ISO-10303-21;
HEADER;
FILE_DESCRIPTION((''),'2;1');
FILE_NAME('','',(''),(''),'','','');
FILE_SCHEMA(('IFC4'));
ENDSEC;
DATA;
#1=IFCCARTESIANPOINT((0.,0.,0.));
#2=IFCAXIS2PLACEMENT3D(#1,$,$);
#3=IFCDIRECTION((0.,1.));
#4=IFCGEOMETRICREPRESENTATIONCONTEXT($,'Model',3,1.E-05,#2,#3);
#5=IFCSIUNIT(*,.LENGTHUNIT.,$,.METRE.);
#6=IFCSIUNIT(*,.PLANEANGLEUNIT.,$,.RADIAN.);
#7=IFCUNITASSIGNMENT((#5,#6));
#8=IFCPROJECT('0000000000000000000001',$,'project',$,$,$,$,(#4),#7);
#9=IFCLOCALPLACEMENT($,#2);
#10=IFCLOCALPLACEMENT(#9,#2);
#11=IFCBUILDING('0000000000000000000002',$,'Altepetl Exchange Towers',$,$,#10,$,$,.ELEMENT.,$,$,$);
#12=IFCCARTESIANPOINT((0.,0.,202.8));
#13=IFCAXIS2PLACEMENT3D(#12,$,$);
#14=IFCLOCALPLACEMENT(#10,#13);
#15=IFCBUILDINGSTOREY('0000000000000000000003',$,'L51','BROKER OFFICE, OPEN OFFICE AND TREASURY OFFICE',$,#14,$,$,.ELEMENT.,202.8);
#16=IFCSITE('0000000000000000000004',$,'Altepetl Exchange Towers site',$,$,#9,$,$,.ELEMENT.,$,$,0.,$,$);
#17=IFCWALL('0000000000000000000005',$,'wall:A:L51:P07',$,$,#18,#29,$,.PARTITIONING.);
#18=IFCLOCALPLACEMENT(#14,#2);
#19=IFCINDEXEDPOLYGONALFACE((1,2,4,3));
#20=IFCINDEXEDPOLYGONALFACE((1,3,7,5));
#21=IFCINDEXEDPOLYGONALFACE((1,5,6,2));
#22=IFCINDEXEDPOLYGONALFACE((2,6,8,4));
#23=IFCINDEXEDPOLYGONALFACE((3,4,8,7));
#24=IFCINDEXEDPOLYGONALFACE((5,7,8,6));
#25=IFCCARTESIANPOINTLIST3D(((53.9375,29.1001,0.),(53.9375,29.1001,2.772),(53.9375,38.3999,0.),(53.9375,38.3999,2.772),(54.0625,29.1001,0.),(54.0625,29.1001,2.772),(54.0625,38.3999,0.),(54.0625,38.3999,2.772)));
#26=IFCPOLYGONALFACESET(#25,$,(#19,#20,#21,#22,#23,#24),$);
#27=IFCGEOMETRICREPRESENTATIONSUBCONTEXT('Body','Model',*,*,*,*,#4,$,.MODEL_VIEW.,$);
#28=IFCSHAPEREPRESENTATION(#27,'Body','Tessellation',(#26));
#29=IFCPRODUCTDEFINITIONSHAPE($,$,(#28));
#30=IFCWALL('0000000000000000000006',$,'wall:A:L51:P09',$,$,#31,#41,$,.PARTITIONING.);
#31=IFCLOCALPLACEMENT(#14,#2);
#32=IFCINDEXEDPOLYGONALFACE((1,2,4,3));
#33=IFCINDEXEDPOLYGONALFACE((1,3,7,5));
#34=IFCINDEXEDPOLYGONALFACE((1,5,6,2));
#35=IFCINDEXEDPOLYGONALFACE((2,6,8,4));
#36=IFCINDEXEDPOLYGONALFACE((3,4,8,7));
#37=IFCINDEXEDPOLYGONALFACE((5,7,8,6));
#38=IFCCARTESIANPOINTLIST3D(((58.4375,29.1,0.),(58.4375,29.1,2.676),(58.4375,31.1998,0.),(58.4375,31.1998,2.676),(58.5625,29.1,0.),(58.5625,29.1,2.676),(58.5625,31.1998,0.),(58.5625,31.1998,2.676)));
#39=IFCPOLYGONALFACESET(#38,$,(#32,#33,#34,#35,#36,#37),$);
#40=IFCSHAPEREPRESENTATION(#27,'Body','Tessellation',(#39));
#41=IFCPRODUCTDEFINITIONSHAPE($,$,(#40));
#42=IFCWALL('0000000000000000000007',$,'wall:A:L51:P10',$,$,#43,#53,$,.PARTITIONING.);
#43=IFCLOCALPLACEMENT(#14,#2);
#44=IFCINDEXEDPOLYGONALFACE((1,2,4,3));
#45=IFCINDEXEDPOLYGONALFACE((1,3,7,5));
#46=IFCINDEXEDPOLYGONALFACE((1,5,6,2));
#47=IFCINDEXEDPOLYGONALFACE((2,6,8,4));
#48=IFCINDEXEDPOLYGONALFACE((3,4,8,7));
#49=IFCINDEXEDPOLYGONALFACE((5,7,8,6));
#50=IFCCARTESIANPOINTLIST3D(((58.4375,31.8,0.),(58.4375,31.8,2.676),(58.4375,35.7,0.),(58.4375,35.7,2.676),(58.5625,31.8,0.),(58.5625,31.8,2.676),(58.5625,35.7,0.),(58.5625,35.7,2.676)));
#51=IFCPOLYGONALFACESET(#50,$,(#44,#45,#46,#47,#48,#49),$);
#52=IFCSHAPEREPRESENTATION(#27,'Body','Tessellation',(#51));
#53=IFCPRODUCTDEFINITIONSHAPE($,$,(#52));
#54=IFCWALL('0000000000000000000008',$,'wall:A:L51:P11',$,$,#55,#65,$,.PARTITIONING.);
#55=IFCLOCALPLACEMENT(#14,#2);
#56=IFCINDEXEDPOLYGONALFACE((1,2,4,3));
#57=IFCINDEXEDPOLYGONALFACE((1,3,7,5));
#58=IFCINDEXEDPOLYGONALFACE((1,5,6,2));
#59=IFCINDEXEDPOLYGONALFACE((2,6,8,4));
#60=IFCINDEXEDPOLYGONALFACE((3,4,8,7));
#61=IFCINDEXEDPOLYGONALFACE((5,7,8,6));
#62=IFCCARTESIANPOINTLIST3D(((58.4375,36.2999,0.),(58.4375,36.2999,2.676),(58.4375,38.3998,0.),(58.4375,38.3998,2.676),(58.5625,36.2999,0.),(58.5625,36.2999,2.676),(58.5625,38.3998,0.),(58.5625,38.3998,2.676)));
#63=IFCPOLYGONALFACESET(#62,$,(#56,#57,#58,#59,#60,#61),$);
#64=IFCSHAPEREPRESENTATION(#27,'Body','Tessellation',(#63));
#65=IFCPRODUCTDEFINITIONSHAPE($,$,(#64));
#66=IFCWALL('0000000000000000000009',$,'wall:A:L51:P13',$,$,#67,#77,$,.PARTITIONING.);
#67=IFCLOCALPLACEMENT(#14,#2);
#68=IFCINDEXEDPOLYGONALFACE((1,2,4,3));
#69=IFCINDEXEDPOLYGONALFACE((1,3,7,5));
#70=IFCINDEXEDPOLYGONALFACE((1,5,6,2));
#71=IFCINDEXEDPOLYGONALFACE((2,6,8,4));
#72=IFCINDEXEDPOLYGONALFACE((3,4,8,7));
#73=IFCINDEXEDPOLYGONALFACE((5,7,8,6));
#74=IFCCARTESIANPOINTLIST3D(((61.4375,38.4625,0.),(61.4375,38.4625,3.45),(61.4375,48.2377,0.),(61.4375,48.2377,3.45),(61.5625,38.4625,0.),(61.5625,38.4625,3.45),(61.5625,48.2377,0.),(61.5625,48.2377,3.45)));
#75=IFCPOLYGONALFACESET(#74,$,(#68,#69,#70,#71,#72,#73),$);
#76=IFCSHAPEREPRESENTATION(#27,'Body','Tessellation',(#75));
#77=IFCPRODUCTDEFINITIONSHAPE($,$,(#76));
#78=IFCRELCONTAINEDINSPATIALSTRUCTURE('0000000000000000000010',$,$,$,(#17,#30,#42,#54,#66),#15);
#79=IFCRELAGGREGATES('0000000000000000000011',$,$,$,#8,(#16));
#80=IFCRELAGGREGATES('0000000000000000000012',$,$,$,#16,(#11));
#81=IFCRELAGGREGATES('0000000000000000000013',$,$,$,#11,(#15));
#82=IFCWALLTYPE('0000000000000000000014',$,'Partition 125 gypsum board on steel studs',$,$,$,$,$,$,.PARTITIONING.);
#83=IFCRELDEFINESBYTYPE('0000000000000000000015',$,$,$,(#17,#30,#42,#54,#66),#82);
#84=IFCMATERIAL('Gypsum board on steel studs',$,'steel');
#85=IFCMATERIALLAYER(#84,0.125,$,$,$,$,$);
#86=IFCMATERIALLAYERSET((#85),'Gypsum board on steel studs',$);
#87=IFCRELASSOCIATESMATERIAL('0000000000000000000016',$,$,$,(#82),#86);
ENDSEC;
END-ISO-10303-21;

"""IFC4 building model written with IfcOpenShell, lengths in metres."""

from ifc_helpers import new_model, si_unit, direction, frame, frame_2d, origin, place, context, subcontext, project, spatial, rectangle, extrude, material, layer, layer_set, type_object, element, save


model = new_model("IFC4")

# Units and contexts
model_context = context("Model", 3, precision=1e-05, world=origin(), true_north=direction((0.0, 1.0)))
body_context = subcontext(model_context, "Body", "Model", "MODEL_VIEW")
ifc_project = project(units=[si_unit("LENGTHUNIT", "METRE"), si_unit("PLANEANGLEUNIT", "RADIAN")], contexts=[model_context])

# Site, building, storey
site_placement = place(None, origin())
site = spatial("IfcSite", under=ifc_project, at=site_placement, Name="Altepetl Exchange Towers site", CompositionType="ELEMENT", RefElevation=0.0)
building_placement = place(site_placement, origin())
building = spatial("IfcBuilding", under=site, at=building_placement, Name="Altepetl Exchange Towers", CompositionType="ELEMENT")
storey_placement = place(building_placement, frame((0.0, 0.0, 202.8)))
storey = spatial("IfcBuildingStorey", under=building, at=storey_placement, Name="L51", Description="BROKER OFFICE, OPEN OFFICE AND TREASURY OFFICE", CompositionType="ELEMENT", Elevation=202.8)

# Walls
ifc_material_1 = material(Name="Gypsum board on steel studs", Category="steel")
ifc_layer_1 = layer(ifc_material_1, 0.125)
ifc_layer_set_1 = layer_set([ifc_layer_1], Name="Gypsum board on steel studs")
wall_type = type_object("IfcWallType", Name="Partition 125 gypsum board on steel studs", PredefinedType="PARTITIONING", material=ifc_layer_set_1)
wall_1_placement = place(storey_placement, frame((54.0, 29.1001, 0.0), z_axis=(0.0, 0.0, 1.0), x_axis=(0.0, 1.0, 0.0)))
element("IfcWall", 1, at=wall_1_placement, inside=storey, type_object=wall_type, Name="wall:A:L51:P07", PredefinedType="PARTITIONING", context=body_context, shape_type="SweptSolid", body=[
    extrude(rectangle(XDim=9.2998, YDim=0.125, at=frame_2d((4.6499, 0.0))), origin(), (0.0, 0.0, 1.0), 2.772),
])
wall_2_placement = place(storey_placement, frame((58.5, 29.1001, 0.0), z_axis=(0.0, 0.0, 1.0), x_axis=(0.0, 1.0, 0.0)))
element("IfcWall", 2, at=wall_2_placement, inside=storey, type_object=wall_type, Name="wall:A:L51:P09", PredefinedType="PARTITIONING", context=body_context, shape_type="SweptSolid", body=[
    extrude(rectangle(XDim=2.0999, YDim=0.125, at=frame_2d((1.0498, 0.0))), origin(), (0.0, 0.0, 1.0), 2.676),
])
wall_3_placement = place(storey_placement, frame((58.5, 31.8, 0.0), z_axis=(0.0, 0.0, 1.0), x_axis=(0.0, 1.0, 0.0)))
element("IfcWall", 3, at=wall_3_placement, inside=storey, type_object=wall_type, Name="wall:A:L51:P10", PredefinedType="PARTITIONING", context=body_context, shape_type="SweptSolid", body=[
    extrude(rectangle(XDim=3.8999, YDim=0.125, at=frame_2d((1.95, 0.0))), origin(), (0.0, 0.0, 1.0), 2.676),
])
wall_4_placement = place(storey_placement, frame((58.5, 36.3, 0.0), z_axis=(0.0, 0.0, 1.0), x_axis=(0.0, 1.0, 0.0)))
element("IfcWall", 4, at=wall_4_placement, inside=storey, type_object=wall_type, Name="wall:A:L51:P11", PredefinedType="PARTITIONING", context=body_context, shape_type="SweptSolid", body=[
    extrude(rectangle(XDim=2.0999, YDim=0.125, at=frame_2d((1.0498, 0.0))), origin(), (0.0, 0.0, 1.0), 2.676),
])
wall_5_placement = place(storey_placement, frame((61.5, 38.4624, 0.0), z_axis=(0.0, 0.0, 1.0), x_axis=(0.0, 1.0, 0.0)))
element("IfcWall", 5, at=wall_5_placement, inside=storey, type_object=wall_type, Name="wall:A:L51:P13", PredefinedType="PARTITIONING", context=body_context, shape_type="SweptSolid", body=[
    extrude(rectangle(XDim=9.7751, YDim=0.125, at=frame_2d((4.8877, 0.0))), origin(), (0.0, 0.0, 1.0), 3.45),
])

save(model, "model.ifc")
